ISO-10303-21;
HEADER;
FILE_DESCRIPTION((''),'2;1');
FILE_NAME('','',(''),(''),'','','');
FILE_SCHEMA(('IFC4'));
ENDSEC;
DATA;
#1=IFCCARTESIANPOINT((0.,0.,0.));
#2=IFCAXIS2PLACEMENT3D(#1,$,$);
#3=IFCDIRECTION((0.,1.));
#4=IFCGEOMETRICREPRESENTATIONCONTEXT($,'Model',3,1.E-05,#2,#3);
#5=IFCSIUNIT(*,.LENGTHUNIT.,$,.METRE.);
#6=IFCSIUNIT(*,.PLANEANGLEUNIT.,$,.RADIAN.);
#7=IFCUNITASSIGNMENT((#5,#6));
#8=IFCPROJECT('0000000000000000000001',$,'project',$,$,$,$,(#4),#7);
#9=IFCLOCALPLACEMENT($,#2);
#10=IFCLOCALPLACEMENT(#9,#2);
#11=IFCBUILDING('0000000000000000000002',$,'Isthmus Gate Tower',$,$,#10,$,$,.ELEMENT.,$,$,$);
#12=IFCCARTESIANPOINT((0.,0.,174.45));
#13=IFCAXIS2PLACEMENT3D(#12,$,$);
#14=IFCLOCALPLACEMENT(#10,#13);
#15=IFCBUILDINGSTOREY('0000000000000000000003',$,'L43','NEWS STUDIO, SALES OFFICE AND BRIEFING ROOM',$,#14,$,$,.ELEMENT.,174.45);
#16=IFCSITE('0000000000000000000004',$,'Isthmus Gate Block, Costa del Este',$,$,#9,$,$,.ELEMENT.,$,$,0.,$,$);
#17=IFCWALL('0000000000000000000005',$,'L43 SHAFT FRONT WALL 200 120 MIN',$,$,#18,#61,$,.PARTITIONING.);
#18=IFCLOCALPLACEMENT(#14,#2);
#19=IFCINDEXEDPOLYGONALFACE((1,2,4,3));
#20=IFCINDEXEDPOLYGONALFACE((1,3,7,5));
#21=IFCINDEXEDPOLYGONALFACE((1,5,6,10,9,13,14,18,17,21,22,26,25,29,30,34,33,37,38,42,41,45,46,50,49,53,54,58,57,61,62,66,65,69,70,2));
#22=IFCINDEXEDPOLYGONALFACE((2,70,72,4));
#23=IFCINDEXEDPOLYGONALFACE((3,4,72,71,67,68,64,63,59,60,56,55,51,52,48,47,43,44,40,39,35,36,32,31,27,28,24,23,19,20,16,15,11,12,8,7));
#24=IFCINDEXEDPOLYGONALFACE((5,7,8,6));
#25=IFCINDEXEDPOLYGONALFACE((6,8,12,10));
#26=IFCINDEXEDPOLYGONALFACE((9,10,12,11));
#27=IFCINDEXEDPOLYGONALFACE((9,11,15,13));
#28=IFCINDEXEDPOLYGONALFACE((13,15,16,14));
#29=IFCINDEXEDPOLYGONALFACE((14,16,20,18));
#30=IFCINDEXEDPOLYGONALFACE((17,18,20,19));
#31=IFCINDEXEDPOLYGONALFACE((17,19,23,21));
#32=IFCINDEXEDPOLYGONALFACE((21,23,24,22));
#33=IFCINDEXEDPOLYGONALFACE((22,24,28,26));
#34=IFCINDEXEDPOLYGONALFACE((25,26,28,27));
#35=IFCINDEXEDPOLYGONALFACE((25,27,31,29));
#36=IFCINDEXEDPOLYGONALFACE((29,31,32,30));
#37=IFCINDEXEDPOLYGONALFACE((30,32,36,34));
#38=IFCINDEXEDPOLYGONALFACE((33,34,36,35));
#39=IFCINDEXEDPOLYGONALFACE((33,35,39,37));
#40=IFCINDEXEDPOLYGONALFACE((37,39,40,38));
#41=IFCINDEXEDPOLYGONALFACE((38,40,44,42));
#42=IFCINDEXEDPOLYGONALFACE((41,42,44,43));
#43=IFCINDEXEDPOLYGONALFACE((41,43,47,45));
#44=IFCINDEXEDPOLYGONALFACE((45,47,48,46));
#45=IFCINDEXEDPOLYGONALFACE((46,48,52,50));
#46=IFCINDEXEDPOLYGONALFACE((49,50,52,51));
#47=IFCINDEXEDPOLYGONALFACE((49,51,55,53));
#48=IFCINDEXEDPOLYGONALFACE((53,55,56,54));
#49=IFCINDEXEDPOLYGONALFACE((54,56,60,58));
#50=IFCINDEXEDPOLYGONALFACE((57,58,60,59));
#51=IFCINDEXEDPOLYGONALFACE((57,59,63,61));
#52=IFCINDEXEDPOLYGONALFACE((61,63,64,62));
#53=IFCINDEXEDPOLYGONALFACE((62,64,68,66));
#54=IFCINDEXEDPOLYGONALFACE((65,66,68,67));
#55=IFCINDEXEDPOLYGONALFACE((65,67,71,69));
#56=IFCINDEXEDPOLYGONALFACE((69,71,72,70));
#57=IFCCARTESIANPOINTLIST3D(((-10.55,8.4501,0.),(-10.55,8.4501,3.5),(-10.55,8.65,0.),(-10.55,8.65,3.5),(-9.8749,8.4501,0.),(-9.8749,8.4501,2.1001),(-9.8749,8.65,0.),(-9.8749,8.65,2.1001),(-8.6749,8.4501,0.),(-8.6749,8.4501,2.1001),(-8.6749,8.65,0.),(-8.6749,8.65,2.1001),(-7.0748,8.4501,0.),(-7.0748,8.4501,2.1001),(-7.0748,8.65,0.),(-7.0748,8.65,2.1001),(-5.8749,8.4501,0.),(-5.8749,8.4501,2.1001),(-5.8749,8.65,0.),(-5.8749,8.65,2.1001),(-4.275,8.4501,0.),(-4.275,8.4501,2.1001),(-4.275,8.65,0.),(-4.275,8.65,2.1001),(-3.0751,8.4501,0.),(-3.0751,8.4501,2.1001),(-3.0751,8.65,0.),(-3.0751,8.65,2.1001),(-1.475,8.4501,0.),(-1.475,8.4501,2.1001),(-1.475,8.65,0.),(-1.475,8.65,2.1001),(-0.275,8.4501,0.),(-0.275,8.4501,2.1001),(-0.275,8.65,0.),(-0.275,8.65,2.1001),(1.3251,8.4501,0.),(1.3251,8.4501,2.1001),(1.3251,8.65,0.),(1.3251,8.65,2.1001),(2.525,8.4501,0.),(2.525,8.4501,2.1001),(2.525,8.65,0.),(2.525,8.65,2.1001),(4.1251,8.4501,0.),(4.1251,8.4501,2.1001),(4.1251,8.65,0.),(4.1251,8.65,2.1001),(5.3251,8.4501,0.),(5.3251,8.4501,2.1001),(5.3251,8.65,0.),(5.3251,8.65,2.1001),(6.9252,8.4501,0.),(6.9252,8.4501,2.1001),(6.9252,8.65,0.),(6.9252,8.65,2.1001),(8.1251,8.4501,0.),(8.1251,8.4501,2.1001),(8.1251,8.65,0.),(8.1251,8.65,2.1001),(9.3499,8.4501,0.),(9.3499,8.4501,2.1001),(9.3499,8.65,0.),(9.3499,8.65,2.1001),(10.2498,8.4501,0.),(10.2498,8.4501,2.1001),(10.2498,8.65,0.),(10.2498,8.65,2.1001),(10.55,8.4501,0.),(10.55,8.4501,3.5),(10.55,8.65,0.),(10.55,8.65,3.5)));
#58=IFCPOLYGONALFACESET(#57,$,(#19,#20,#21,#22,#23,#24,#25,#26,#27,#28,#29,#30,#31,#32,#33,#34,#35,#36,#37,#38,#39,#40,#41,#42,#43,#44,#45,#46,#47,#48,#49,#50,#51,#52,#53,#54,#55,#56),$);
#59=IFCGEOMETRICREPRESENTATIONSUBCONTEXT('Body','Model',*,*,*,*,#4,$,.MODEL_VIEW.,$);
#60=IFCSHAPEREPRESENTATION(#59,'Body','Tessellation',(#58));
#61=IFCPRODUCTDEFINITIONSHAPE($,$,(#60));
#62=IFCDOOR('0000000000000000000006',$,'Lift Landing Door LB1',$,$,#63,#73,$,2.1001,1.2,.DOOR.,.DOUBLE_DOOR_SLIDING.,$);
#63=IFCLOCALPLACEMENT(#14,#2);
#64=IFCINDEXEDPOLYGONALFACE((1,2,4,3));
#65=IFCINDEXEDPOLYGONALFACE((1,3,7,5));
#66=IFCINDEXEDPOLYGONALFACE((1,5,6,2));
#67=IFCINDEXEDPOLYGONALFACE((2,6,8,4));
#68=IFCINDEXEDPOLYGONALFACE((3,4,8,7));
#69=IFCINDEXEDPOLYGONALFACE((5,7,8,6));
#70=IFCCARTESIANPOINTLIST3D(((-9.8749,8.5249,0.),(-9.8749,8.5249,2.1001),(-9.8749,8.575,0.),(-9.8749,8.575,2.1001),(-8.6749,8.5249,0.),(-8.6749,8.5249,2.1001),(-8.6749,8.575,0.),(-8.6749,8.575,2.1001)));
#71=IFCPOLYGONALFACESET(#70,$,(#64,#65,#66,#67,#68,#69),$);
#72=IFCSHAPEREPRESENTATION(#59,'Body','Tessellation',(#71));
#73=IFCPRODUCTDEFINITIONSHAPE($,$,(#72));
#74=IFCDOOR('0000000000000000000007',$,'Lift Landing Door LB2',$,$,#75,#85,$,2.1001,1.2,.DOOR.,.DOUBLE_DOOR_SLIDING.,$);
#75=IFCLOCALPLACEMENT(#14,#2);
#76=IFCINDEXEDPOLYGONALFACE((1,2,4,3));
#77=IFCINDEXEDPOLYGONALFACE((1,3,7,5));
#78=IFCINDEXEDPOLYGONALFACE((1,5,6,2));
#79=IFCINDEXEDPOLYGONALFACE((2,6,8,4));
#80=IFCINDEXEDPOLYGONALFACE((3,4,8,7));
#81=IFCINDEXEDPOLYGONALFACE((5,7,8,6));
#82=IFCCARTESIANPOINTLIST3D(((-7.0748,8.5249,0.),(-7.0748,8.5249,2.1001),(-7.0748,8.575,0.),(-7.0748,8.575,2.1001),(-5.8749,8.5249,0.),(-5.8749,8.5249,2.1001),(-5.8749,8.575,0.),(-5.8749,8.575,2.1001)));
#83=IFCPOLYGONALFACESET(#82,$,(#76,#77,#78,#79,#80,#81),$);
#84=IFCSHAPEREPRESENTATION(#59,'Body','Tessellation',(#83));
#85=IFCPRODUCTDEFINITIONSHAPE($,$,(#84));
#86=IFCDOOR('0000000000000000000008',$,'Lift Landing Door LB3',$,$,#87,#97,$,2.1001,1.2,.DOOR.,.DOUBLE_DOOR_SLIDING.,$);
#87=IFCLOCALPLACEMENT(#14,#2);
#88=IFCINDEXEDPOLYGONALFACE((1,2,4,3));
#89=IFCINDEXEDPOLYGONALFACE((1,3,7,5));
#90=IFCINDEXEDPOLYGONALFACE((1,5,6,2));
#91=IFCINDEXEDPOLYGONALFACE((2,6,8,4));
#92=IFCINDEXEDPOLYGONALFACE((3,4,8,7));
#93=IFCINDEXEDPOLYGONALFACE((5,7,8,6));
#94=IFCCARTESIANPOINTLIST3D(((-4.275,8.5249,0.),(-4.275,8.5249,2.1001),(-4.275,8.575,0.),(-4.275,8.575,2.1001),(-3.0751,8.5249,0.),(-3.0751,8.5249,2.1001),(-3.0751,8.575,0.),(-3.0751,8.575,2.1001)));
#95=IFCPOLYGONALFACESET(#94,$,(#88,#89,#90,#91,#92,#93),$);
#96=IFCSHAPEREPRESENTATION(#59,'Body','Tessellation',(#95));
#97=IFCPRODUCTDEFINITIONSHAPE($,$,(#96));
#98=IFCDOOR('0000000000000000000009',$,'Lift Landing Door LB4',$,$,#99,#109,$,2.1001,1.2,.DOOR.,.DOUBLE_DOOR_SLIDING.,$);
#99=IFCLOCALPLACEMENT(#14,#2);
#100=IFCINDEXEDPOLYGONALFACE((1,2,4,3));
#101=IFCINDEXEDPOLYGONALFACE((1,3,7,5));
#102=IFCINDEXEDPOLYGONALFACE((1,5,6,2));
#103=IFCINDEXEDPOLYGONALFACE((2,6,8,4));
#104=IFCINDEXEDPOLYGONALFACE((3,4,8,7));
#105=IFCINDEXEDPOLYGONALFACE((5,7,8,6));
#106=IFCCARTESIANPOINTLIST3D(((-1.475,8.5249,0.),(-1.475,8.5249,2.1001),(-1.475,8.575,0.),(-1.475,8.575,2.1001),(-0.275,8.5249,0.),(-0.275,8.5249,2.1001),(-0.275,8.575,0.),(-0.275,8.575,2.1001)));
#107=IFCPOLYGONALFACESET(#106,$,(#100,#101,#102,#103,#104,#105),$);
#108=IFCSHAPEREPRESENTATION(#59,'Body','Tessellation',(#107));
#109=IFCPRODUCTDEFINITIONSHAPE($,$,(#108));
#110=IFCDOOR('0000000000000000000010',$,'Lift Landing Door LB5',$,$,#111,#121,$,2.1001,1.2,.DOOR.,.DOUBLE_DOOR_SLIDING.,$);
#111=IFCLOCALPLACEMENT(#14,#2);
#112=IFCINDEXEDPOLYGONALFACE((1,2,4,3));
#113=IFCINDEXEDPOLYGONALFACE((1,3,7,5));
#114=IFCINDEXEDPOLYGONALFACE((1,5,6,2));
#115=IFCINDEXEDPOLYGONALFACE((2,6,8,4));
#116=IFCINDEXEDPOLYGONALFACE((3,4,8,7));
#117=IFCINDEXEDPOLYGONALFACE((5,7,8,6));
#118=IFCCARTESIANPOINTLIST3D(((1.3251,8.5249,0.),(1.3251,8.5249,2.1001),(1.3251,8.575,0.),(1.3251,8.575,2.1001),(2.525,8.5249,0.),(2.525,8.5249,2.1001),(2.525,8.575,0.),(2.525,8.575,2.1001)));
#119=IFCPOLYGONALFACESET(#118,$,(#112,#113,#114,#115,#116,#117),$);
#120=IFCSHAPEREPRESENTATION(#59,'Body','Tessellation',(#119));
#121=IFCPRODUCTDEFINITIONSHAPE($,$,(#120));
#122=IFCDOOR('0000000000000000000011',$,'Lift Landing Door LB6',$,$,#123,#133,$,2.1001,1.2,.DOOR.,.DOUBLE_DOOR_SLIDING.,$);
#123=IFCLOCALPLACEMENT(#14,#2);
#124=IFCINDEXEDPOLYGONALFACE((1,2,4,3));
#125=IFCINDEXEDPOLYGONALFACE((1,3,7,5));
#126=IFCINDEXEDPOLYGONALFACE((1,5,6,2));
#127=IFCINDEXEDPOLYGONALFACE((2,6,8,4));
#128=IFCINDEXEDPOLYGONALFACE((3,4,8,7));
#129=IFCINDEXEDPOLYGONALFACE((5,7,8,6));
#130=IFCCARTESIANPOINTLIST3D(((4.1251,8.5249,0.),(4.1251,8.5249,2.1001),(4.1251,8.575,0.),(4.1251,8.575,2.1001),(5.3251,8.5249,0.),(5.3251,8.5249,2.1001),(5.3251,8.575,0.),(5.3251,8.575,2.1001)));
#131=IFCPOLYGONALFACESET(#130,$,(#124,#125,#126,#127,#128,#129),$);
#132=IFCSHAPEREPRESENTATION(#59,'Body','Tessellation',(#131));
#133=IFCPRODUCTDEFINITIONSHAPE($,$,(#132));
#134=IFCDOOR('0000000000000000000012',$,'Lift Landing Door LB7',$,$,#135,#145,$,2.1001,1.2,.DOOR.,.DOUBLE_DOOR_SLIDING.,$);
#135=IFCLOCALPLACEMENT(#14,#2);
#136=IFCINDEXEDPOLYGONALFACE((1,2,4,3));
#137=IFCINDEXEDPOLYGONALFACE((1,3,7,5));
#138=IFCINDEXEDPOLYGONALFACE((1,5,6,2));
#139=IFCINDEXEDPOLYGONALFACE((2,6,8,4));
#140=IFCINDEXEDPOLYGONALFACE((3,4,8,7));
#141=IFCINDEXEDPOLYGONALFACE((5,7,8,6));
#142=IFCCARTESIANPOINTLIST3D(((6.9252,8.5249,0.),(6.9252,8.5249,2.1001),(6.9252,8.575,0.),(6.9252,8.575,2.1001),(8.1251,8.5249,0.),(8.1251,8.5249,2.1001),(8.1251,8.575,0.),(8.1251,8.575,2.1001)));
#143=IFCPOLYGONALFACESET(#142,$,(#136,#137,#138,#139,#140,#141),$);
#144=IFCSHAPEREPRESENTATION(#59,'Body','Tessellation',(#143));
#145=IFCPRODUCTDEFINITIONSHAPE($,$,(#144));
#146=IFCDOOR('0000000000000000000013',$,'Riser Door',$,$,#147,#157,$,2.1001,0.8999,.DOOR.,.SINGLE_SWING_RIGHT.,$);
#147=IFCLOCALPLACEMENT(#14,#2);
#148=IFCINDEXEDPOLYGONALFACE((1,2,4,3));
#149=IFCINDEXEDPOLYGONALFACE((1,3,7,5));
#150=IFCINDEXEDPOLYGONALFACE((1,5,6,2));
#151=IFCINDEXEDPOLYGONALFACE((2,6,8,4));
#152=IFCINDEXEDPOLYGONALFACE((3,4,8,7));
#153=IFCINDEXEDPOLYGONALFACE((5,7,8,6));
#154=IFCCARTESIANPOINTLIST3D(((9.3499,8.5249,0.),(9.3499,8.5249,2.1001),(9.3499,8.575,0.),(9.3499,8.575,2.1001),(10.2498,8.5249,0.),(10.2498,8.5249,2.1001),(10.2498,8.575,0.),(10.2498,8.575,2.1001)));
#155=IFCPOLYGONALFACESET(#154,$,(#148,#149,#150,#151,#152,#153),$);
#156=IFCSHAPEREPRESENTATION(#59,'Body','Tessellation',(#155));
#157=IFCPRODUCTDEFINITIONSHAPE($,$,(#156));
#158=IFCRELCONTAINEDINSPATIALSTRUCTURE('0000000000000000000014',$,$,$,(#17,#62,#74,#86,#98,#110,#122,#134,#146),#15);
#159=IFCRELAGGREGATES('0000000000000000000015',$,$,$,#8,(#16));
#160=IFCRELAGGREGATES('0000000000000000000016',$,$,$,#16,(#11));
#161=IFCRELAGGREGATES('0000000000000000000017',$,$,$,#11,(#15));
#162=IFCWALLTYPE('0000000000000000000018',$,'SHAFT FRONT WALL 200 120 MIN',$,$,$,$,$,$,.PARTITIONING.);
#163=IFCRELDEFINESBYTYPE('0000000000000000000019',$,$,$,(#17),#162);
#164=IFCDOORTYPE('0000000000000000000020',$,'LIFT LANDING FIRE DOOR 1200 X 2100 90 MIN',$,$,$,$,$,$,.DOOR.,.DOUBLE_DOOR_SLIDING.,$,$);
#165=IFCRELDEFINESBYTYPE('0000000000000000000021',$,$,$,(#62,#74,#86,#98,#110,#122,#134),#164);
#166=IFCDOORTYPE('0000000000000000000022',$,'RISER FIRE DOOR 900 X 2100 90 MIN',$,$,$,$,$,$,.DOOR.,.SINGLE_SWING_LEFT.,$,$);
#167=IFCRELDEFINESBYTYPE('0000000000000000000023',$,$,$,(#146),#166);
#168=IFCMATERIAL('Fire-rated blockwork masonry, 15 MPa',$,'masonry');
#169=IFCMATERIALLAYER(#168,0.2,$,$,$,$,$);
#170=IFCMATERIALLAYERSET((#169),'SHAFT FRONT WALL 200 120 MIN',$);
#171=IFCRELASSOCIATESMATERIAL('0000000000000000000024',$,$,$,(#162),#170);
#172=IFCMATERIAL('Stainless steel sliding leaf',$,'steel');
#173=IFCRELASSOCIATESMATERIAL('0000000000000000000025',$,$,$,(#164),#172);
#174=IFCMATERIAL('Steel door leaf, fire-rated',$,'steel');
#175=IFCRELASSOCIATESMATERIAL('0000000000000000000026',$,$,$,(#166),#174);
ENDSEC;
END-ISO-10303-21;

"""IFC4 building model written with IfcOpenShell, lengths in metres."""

from ifc_helpers import new_model, si_unit, direction, frame, frame_2d, origin, place, context, subcontext, project, spatial, rectangle, extrude, material, layer, layer_set, type_object, element, fill, save


model = new_model("IFC4")

# Units and contexts
model_context = context("Model", 3, precision=1e-05, world=origin(), true_north=direction((0.0, 1.0)))
body_context = subcontext(model_context, "Body", "Model", "MODEL_VIEW")
ifc_project = project(units=[si_unit("LENGTHUNIT", "METRE"), si_unit("PLANEANGLEUNIT", "RADIAN")], contexts=[model_context])

# Site, building, storey
site_placement = place(None, origin())
site = spatial("IfcSite", under=ifc_project, at=site_placement, Name="Isthmus Gate Block, Costa del Este", CompositionType="ELEMENT", RefElevation=0.0)
building_placement = place(site_placement, origin())
building = spatial("IfcBuilding", under=site, at=building_placement, Name="Isthmus Gate Tower", CompositionType="ELEMENT")
storey_placement = place(building_placement, frame((0.0, 0.0, 174.45)))
storey = spatial("IfcBuildingStorey", under=building, at=storey_placement, Name="L43", Description="NEWS STUDIO, SALES OFFICE AND BRIEFING ROOM", CompositionType="ELEMENT", Elevation=174.45)

# Wall, openings, doors
ifc_material_1 = material(Name="Fire-rated blockwork masonry, 15 MPa", Category="masonry")
ifc_layer_1 = layer(ifc_material_1, 0.2)
ifc_layer_set_1 = layer_set([ifc_layer_1], Name="SHAFT FRONT WALL 200 120 MIN")
wall_type_1 = type_object("IfcWallType", Name="SHAFT FRONT WALL 200 120 MIN", PredefinedType="PARTITIONING", material=ifc_layer_set_1)
wall_1_placement = place(storey_placement, frame((-10.55, 8.55, 0.0), z_axis=(0.0, 0.0, 1.0), x_axis=(1.0, 0.0, 0.0)))
wall_1 = element("IfcWall", 1, at=wall_1_placement, inside=storey, type_object=wall_type_1, Name="L43 SHAFT FRONT WALL 200 120 MIN", PredefinedType="PARTITIONING", context=body_context, shape_type="SweptSolid", body=[
    extrude(rectangle(XDim=21.1001, YDim=0.2, at=frame_2d((10.55, 0.0))), origin(), (0.0, 0.0, 1.0), 3.5),
])
opening_1_placement = place(wall_1_placement, frame((0.675, 0.0, 0.0)))
opening_1 = element("IfcOpeningElement", 2, at=opening_1_placement, cuts=wall_1, PredefinedType="OPENING", context=body_context, shape_type="SweptSolid", body=[
    extrude(rectangle(XDim=1.2, YDim=2.1001, at=frame_2d((0.6001, 1.05))), frame((0.0, 0.1099, 0.0), z_axis=(0.0, -1.0, 0.0), x_axis=(1.0, 0.0, 0.0)), (0.0, 0.0, 1.0), 0.22),
])
opening_2_placement = place(wall_1_placement, frame((3.4751, 0.0, 0.0)))
opening_2 = element("IfcOpeningElement", 3, at=opening_2_placement, cuts=wall_1, PredefinedType="OPENING", context=body_context, shape_type="SweptSolid", body=[
    extrude(rectangle(XDim=1.2, YDim=2.1001, at=frame_2d((0.6001, 1.05))), frame((0.0, 0.1099, 0.0), z_axis=(0.0, -1.0, 0.0), x_axis=(1.0, 0.0, 0.0)), (0.0, 0.0, 1.0), 0.22),
])
opening_3_placement = place(wall_1_placement, frame((6.2749, 0.0, 0.0)))
opening_3 = element("IfcOpeningElement", 4, at=opening_3_placement, cuts=wall_1, PredefinedType="OPENING", context=body_context, shape_type="SweptSolid", body=[
    extrude(rectangle(XDim=1.2, YDim=2.1001, at=frame_2d((0.6001, 1.05))), frame((0.0, 0.1099, 0.0), z_axis=(0.0, -1.0, 0.0), x_axis=(1.0, 0.0, 0.0)), (0.0, 0.0, 1.0), 0.22),
])
opening_4_placement = place(wall_1_placement, frame((9.075, 0.0, 0.0)))
opening_4 = element("IfcOpeningElement", 5, at=opening_4_placement, cuts=wall_1, PredefinedType="OPENING", context=body_context, shape_type="SweptSolid", body=[
    extrude(rectangle(XDim=1.2, YDim=2.1001, at=frame_2d((0.6001, 1.05))), frame((0.0, 0.1099, 0.0), z_axis=(0.0, -1.0, 0.0), x_axis=(1.0, 0.0, 0.0)), (0.0, 0.0, 1.0), 0.22),
])
opening_5_placement = place(wall_1_placement, frame((11.875, 0.0, 0.0)))
opening_5 = element("IfcOpeningElement", 6, at=opening_5_placement, cuts=wall_1, PredefinedType="OPENING", context=body_context, shape_type="SweptSolid", body=[
    extrude(rectangle(XDim=1.2, YDim=2.1001, at=frame_2d((0.6001, 1.05))), frame((0.0, 0.1099, 0.0), z_axis=(0.0, -1.0, 0.0), x_axis=(1.0, 0.0, 0.0)), (0.0, 0.0, 1.0), 0.22),
])
opening_6_placement = place(wall_1_placement, frame((14.675, 0.0, 0.0)))
opening_6 = element("IfcOpeningElement", 7, at=opening_6_placement, cuts=wall_1, PredefinedType="OPENING", context=body_context, shape_type="SweptSolid", body=[
    extrude(rectangle(XDim=1.2, YDim=2.1001, at=frame_2d((0.6001, 1.05))), frame((0.0, 0.1099, 0.0), z_axis=(0.0, -1.0, 0.0), x_axis=(1.0, 0.0, 0.0)), (0.0, 0.0, 1.0), 0.22),
])
opening_7_placement = place(wall_1_placement, frame((17.4751, 0.0, 0.0)))
opening_7 = element("IfcOpeningElement", 8, at=opening_7_placement, cuts=wall_1, PredefinedType="OPENING", context=body_context, shape_type="SweptSolid", body=[
    extrude(rectangle(XDim=1.2, YDim=2.1001, at=frame_2d((0.6001, 1.05))), frame((0.0, 0.1099, 0.0), z_axis=(0.0, -1.0, 0.0), x_axis=(1.0, 0.0, 0.0)), (0.0, 0.0, 1.0), 0.22),
])
opening_8_placement = place(wall_1_placement, frame((19.8999, 0.0, 0.0)))
opening_8 = element("IfcOpeningElement", 9, at=opening_8_placement, cuts=wall_1, PredefinedType="OPENING", context=body_context, shape_type="SweptSolid", body=[
    extrude(rectangle(XDim=0.8999, YDim=2.1001, at=frame_2d((0.45, 1.05))), frame((0.0, 0.1099, 0.0), z_axis=(0.0, -1.0, 0.0), x_axis=(1.0, 0.0, 0.0)), (0.0, 0.0, 1.0), 0.22),
])
ifc_material_2 = material(Name="Stainless steel sliding leaf", Category="steel")
door_type_1 = type_object("IfcDoorType", Name="LIFT LANDING FIRE DOOR 1200 X 2100 90 MIN", OperationType="DOUBLE_DOOR_SLIDING", PredefinedType="DOOR", material=ifc_material_2)
door_1_placement = place(opening_1_placement, origin())
door_1 = element("IfcDoor", 10, at=door_1_placement, inside=storey, type_object=door_type_1, Name="Lift Landing Door LB1", OperationType="DOUBLE_DOOR_SLIDING", OverallHeight=2.1001, OverallWidth=1.2, PredefinedType="DOOR", context=body_context, shape_type="SweptSolid", body=[
    extrude(rectangle(XDim=1.2, YDim=2.1001, at=frame_2d((0.6001, 1.05))), frame((0.0, 0.0249, 0.0), z_axis=(0.0, -1.0, 0.0), x_axis=(1.0, 0.0, 0.0)), (0.0, 0.0, 1.0), 0.05),
])
fill(opening_1, door_1)
door_2_placement = place(opening_2_placement, origin())
door_2 = element("IfcDoor", 11, at=door_2_placement, inside=storey, type_object=door_type_1, Name="Lift Landing Door LB2", OperationType="DOUBLE_DOOR_SLIDING", OverallHeight=2.1001, OverallWidth=1.2, PredefinedType="DOOR", context=body_context, shape_type="SweptSolid", body=[
    extrude(rectangle(XDim=1.2, YDim=2.1001, at=frame_2d((0.6001, 1.05))), frame((0.0, 0.0249, 0.0), z_axis=(0.0, -1.0, 0.0), x_axis=(1.0, 0.0, 0.0)), (0.0, 0.0, 1.0), 0.05),
])
fill(opening_2, door_2)
door_3_placement = place(opening_3_placement, origin())
door_3 = element("IfcDoor", 12, at=door_3_placement, inside=storey, type_object=door_type_1, Name="Lift Landing Door LB3", OperationType="DOUBLE_DOOR_SLIDING", OverallHeight=2.1001, OverallWidth=1.2, PredefinedType="DOOR", context=body_context, shape_type="SweptSolid", body=[
    extrude(rectangle(XDim=1.2, YDim=2.1001, at=frame_2d((0.6001, 1.05))), frame((0.0, 0.0249, 0.0), z_axis=(0.0, -1.0, 0.0), x_axis=(1.0, 0.0, 0.0)), (0.0, 0.0, 1.0), 0.05),
])
fill(opening_3, door_3)
door_4_placement = place(opening_4_placement, origin())
door_4 = element("IfcDoor", 13, at=door_4_placement, inside=storey, type_object=door_type_1, Name="Lift Landing Door LB4", OperationType="DOUBLE_DOOR_SLIDING", OverallHeight=2.1001, OverallWidth=1.2, PredefinedType="DOOR", context=body_context, shape_type="SweptSolid", body=[
    extrude(rectangle(XDim=1.2, YDim=2.1001, at=frame_2d((0.6001, 1.05))), frame((0.0, 0.0249, 0.0), z_axis=(0.0, -1.0, 0.0), x_axis=(1.0, 0.0, 0.0)), (0.0, 0.0, 1.0), 0.05),
])
fill(opening_4, door_4)
door_5_placement = place(opening_5_placement, origin())
door_5 = element("IfcDoor", 14, at=door_5_placement, inside=storey, type_object=door_type_1, Name="Lift Landing Door LB5", OperationType="DOUBLE_DOOR_SLIDING", OverallHeight=2.1001, OverallWidth=1.2, PredefinedType="DOOR", context=body_context, shape_type="SweptSolid", body=[
    extrude(rectangle(XDim=1.2, YDim=2.1001, at=frame_2d((0.6001, 1.05))), frame((0.0, 0.0249, 0.0), z_axis=(0.0, -1.0, 0.0), x_axis=(1.0, 0.0, 0.0)), (0.0, 0.0, 1.0), 0.05),
])
fill(opening_5, door_5)
door_6_placement = place(opening_6_placement, origin())
door_6 = element("IfcDoor", 15, at=door_6_placement, inside=storey, type_object=door_type_1, Name="Lift Landing Door LB6", OperationType="DOUBLE_DOOR_SLIDING", OverallHeight=2.1001, OverallWidth=1.2, PredefinedType="DOOR", context=body_context, shape_type="SweptSolid", body=[
    extrude(rectangle(XDim=1.2, YDim=2.1001, at=frame_2d((0.6001, 1.05))), frame((0.0, 0.0249, 0.0), z_axis=(0.0, -1.0, 0.0), x_axis=(1.0, 0.0, 0.0)), (0.0, 0.0, 1.0), 0.05),
])
fill(opening_6, door_6)
door_7_placement = place(opening_7_placement, origin())
door_7 = element("IfcDoor", 16, at=door_7_placement, inside=storey, type_object=door_type_1, Name="Lift Landing Door LB7", OperationType="DOUBLE_DOOR_SLIDING", OverallHeight=2.1001, OverallWidth=1.2, PredefinedType="DOOR", context=body_context, shape_type="SweptSolid", body=[
    extrude(rectangle(XDim=1.2, YDim=2.1001, at=frame_2d((0.6001, 1.05))), frame((0.0, 0.0249, 0.0), z_axis=(0.0, -1.0, 0.0), x_axis=(1.0, 0.0, 0.0)), (0.0, 0.0, 1.0), 0.05),
])
fill(opening_7, door_7)
ifc_material_3 = material(Name="Steel door leaf, fire-rated", Category="steel")
door_type_2 = type_object("IfcDoorType", Name="RISER FIRE DOOR 900 X 2100 90 MIN", OperationType="SINGLE_SWING_LEFT", PredefinedType="DOOR", material=ifc_material_3)
door_8_placement = place(opening_8_placement, origin())
door_8 = element("IfcDoor", 17, at=door_8_placement, inside=storey, type_object=door_type_2, Name="Riser Door", OperationType="SINGLE_SWING_RIGHT", OverallHeight=2.1001, OverallWidth=0.8999, PredefinedType="DOOR", context=body_context, shape_type="SweptSolid", body=[
    extrude(rectangle(XDim=0.8999, YDim=2.1001, at=frame_2d((0.45, 1.05))), frame((0.0, 0.0249, 0.0), z_axis=(0.0, -1.0, 0.0), x_axis=(1.0, 0.0, 0.0)), (0.0, 0.0, 1.0), 0.05),
])
fill(opening_8, door_8)

save(model, "model.ifc")
